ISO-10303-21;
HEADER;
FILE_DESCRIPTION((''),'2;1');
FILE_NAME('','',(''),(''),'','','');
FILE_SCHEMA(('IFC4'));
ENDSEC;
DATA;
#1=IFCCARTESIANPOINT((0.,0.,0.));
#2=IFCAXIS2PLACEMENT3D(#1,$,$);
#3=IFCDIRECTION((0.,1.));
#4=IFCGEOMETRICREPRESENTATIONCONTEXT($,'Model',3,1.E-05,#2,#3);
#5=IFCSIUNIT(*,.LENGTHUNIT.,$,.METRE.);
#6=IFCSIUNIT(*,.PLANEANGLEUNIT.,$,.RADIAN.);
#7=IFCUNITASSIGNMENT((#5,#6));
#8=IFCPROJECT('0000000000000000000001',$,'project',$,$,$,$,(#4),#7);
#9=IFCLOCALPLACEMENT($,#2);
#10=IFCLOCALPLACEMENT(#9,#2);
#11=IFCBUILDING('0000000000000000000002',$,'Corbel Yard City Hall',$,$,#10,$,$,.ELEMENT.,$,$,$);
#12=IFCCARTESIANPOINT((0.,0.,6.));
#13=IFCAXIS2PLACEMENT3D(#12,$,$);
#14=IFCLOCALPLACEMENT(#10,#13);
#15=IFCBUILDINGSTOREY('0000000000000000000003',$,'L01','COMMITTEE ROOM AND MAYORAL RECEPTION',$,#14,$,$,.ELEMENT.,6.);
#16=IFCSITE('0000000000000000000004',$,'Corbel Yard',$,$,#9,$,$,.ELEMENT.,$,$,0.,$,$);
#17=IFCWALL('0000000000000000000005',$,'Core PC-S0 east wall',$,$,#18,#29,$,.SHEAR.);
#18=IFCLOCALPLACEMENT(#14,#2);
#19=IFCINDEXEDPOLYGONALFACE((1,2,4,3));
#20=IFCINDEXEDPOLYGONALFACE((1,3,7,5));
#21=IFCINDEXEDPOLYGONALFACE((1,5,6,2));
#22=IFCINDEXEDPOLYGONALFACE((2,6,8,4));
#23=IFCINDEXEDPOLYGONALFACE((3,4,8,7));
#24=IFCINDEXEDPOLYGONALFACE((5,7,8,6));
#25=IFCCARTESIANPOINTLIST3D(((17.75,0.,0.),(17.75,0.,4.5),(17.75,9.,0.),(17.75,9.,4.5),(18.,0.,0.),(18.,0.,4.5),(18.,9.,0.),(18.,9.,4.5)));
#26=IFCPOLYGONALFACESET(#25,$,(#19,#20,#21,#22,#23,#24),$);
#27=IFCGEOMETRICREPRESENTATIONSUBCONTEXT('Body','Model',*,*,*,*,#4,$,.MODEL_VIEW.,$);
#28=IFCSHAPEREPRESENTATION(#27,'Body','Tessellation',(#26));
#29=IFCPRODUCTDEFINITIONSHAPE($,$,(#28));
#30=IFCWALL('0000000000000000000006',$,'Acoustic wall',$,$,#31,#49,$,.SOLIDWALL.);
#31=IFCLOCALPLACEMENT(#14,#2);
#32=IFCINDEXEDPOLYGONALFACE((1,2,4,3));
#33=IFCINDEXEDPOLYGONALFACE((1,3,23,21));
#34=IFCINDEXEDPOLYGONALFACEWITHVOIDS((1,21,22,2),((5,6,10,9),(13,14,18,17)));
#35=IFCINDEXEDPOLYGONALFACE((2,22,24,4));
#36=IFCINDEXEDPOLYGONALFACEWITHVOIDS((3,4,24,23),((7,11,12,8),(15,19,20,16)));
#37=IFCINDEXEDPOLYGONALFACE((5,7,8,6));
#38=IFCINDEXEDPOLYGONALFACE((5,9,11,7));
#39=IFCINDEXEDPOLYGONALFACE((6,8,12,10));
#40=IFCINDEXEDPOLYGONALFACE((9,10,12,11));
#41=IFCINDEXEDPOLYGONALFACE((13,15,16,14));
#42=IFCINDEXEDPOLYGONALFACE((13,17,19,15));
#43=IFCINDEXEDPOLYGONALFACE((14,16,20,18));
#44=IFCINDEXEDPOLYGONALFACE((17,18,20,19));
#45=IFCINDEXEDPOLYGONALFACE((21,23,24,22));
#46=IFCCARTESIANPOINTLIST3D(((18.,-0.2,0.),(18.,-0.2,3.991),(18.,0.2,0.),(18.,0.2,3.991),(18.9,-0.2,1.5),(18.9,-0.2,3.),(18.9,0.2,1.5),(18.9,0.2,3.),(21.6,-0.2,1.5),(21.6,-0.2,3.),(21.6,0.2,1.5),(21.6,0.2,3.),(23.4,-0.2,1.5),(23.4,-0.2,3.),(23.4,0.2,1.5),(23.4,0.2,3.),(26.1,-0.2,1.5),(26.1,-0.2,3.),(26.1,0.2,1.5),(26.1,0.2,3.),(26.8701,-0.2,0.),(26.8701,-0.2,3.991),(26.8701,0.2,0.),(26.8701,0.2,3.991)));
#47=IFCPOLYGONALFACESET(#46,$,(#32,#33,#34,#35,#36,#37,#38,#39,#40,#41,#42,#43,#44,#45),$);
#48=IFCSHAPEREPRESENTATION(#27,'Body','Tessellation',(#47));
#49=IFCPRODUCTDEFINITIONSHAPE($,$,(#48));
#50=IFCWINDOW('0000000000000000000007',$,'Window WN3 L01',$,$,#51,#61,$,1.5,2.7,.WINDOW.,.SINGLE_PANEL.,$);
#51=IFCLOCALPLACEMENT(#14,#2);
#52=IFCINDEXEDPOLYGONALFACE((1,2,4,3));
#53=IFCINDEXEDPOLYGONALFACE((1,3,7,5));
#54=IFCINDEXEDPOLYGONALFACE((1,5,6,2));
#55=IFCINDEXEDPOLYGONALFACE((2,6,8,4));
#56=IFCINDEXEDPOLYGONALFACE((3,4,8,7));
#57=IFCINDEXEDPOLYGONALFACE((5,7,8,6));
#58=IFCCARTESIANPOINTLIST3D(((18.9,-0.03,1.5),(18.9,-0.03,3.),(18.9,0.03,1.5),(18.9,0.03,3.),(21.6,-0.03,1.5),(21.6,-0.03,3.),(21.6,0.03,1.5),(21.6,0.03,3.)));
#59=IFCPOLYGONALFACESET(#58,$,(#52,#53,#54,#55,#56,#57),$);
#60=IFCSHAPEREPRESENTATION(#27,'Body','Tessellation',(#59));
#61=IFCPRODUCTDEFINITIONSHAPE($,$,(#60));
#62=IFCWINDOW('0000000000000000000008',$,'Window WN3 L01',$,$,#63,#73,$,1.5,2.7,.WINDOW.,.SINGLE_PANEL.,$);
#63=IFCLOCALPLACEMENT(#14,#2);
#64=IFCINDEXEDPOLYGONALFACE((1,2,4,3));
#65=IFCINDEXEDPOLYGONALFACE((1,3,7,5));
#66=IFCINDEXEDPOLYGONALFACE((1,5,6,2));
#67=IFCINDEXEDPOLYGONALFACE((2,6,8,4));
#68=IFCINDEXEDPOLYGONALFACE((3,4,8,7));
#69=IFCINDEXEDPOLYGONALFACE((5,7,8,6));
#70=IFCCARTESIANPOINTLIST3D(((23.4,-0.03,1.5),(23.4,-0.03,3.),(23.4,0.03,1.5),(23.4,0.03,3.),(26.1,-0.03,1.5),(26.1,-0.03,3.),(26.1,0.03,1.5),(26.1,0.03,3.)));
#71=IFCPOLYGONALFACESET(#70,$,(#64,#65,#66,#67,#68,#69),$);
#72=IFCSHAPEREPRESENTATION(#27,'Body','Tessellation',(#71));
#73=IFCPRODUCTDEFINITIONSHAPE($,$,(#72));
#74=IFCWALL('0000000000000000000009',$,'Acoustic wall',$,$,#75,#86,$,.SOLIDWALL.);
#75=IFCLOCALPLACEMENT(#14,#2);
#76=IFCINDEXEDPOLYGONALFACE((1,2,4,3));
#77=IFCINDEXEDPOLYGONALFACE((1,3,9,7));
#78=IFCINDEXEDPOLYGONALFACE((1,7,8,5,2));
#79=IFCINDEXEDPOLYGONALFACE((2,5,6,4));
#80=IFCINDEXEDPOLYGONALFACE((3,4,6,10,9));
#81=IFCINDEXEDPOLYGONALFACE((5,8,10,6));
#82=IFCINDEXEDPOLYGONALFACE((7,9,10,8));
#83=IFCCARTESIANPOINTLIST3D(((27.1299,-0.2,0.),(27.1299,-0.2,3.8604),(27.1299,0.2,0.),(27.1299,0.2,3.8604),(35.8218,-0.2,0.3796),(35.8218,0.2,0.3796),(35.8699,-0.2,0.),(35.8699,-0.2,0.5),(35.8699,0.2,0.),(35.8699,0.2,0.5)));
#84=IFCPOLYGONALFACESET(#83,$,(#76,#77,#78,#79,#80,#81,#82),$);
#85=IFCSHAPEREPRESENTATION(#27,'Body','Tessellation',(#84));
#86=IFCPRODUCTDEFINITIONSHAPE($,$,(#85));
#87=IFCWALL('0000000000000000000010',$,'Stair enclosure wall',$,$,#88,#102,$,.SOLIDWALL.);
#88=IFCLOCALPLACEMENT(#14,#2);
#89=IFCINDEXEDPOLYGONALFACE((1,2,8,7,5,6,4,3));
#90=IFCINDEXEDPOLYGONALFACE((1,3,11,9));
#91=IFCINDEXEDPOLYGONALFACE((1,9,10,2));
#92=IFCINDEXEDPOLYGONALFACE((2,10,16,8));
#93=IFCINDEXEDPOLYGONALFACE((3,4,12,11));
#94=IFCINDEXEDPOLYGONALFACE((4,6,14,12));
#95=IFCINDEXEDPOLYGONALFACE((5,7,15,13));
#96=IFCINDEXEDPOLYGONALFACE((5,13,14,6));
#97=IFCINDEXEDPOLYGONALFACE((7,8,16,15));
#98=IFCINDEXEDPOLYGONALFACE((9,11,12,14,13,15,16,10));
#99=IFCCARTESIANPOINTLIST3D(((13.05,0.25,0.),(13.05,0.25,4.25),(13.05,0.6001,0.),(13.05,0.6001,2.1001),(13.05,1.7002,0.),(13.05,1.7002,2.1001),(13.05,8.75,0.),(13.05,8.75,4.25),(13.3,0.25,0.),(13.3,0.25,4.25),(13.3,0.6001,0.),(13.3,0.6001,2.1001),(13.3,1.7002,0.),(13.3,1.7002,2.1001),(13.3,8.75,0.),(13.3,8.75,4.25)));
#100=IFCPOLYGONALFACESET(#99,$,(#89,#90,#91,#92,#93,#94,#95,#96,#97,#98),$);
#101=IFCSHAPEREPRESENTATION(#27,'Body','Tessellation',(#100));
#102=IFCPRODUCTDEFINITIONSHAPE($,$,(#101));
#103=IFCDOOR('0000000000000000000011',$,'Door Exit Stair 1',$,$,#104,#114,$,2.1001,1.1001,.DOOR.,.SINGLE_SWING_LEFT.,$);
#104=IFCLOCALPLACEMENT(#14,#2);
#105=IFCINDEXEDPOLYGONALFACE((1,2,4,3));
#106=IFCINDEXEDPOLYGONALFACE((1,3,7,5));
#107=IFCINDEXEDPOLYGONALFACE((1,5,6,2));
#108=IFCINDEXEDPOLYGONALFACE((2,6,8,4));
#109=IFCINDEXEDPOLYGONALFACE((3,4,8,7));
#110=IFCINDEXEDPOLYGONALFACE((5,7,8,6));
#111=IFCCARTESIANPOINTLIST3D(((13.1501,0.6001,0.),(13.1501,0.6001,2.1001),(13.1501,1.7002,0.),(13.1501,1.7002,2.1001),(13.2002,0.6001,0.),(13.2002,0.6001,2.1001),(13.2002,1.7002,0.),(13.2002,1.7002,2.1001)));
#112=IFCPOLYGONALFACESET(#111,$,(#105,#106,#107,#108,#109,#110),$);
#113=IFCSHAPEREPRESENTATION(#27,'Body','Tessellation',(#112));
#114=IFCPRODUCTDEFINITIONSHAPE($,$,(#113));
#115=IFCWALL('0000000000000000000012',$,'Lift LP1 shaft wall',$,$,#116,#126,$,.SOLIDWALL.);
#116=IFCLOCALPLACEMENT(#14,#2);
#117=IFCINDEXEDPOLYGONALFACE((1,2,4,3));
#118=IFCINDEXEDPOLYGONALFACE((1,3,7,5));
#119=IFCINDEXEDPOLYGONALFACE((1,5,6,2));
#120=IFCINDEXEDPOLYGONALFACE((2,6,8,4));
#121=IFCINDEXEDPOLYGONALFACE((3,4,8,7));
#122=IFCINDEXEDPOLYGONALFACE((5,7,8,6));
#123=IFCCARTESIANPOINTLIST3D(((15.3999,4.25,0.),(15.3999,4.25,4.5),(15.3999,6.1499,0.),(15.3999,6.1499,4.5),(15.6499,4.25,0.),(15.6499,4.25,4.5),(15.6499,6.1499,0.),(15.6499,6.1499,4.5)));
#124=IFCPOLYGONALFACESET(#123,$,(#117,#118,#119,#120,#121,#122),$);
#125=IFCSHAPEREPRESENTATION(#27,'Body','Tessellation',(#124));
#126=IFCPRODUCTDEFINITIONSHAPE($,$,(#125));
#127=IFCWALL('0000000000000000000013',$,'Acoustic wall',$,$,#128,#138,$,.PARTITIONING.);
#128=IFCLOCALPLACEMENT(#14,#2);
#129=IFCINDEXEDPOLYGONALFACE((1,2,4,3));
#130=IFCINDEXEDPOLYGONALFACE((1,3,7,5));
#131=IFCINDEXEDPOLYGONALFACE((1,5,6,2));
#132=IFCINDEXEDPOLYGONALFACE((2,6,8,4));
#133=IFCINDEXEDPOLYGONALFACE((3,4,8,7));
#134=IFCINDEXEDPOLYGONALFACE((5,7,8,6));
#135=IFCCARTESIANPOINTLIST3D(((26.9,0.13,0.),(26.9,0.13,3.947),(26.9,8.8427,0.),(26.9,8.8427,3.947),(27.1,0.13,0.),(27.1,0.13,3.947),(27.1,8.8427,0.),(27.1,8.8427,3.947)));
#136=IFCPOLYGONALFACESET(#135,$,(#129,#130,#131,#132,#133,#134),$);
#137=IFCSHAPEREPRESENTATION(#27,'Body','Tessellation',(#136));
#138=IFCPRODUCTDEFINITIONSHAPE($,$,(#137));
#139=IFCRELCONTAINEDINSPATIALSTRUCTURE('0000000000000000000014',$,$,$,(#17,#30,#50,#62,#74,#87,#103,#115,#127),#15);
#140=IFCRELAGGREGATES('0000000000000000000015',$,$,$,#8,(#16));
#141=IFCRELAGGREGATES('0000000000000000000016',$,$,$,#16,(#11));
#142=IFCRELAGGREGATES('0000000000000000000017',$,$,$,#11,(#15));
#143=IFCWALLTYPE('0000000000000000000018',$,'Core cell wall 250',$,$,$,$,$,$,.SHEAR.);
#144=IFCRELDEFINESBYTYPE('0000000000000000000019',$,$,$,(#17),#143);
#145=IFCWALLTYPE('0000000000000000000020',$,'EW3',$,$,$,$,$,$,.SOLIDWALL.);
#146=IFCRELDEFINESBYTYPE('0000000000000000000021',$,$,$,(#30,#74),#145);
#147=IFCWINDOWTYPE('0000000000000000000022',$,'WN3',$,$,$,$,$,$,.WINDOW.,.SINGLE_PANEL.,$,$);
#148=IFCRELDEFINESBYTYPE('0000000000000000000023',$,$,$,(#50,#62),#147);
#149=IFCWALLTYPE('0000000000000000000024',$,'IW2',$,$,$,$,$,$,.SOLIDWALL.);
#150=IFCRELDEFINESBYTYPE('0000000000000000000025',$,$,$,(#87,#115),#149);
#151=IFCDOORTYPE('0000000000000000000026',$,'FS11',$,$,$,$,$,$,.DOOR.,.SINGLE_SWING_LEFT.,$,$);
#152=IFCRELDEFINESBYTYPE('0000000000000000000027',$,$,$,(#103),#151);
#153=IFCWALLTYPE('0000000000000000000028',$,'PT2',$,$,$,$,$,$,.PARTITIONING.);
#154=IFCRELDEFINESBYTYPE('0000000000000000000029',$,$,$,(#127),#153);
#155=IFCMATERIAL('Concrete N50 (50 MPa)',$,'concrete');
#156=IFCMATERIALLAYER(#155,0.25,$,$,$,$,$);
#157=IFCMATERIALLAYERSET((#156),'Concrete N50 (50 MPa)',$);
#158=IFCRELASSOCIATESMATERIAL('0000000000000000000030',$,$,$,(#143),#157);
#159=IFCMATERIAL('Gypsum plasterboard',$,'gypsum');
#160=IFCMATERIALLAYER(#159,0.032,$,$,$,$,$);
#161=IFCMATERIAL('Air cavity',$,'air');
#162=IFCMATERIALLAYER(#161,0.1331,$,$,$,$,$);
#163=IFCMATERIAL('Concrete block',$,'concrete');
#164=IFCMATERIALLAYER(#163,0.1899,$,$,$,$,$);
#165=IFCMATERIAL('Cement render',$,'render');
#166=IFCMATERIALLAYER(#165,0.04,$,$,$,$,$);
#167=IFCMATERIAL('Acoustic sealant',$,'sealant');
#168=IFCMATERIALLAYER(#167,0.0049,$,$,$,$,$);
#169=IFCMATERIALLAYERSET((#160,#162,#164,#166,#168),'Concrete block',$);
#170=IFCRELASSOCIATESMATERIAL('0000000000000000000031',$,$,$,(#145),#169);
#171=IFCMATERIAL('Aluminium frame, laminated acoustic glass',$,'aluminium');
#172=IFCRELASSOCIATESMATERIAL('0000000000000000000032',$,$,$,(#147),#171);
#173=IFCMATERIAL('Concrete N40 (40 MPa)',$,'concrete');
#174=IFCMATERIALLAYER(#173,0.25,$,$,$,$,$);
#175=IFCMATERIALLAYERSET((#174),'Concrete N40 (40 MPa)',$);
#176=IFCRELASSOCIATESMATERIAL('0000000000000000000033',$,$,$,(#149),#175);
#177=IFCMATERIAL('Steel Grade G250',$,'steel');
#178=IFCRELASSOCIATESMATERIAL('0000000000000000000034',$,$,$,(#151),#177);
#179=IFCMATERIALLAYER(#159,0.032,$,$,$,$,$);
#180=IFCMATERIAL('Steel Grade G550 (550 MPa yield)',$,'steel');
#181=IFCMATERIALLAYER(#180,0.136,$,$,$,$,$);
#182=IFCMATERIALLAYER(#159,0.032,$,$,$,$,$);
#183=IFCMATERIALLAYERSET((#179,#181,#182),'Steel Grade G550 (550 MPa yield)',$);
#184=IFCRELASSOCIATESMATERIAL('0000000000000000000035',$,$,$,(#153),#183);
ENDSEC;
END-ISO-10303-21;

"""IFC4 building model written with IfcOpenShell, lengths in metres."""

from ifc_helpers import new_model, si_unit, direction, frame, frame_2d, origin, place, context, subcontext, project, spatial, polyline, rectangle, outline, extrude, material, layer, layer_set, type_object, element, fill, save


model = new_model("IFC4")

# Units and contexts
model_context = context("Model", 3, precision=1e-05, world=origin(), true_north=direction((0.0, 1.0)))
body_context = subcontext(model_context, "Body", "Model", "MODEL_VIEW")
ifc_project = project(units=[si_unit("LENGTHUNIT", "METRE"), si_unit("PLANEANGLEUNIT", "RADIAN")], contexts=[model_context])

# Site, building, storey
site_placement = place(None, origin())
site = spatial("IfcSite", under=ifc_project, at=site_placement, Name="Corbel Yard", CompositionType="ELEMENT", RefElevation=0.0)
building_placement = place(site_placement, origin())
building = spatial("IfcBuilding", under=site, at=building_placement, Name="Corbel Yard City Hall", CompositionType="ELEMENT")
storey_placement = place(building_placement, frame((0.0, 0.0, 6.0)))
storey = spatial("IfcBuildingStorey", under=building, at=storey_placement, Name="L01", Description="COMMITTEE ROOM AND MAYORAL RECEPTION", CompositionType="ELEMENT", Elevation=6.0)

# Wall
ifc_material_1 = material(Name="Concrete N50 (50 MPa)", Category="concrete")
ifc_layer_1 = layer(ifc_material_1, 0.25)
ifc_layer_set_1 = layer_set([ifc_layer_1], Name="Concrete N50 (50 MPa)")
wall_type_1 = type_object("IfcWallType", Name="Core cell wall 250", PredefinedType="SHEAR", material=ifc_layer_set_1)
wall_1_placement = place(storey_placement, frame((17.875, 0.0, 0.0), z_axis=(0.0, 0.0, 1.0), x_axis=(0.0, 1.0, 0.0)))
element("IfcWall", 1, at=wall_1_placement, inside=storey, type_object=wall_type_1, Name="Core PC-S0 east wall", PredefinedType="SHEAR", context=body_context, shape_type="SweptSolid", body=[
    extrude(rectangle(XDim=9.0, YDim=0.25, at=frame_2d((4.5, 0.0))), origin(), (0.0, 0.0, 1.0), 4.5),
])

# Wall, openings, windows
ifc_material_2 = material(Name="Gypsum plasterboard", Category="gypsum")
ifc_layer_2 = layer(ifc_material_2, 0.032)
ifc_material_3 = material(Name="Air cavity", Category="air")
ifc_layer_3 = layer(ifc_material_3, 0.1331)
ifc_material_4 = material(Name="Concrete block", Category="concrete")
ifc_layer_4 = layer(ifc_material_4, 0.1899)
ifc_material_5 = material(Name="Cement render", Category="render")
ifc_layer_5 = layer(ifc_material_5, 0.04)
ifc_material_6 = material(Name="Acoustic sealant", Category="sealant")
ifc_layer_6 = layer(ifc_material_6, 0.0049)
ifc_layer_set_2 = layer_set([ifc_layer_2, ifc_layer_3, ifc_layer_4, ifc_layer_5, ifc_layer_6], Name="Concrete block")
wall_type_2 = type_object("IfcWallType", Name="EW3", PredefinedType="SOLIDWALL", material=ifc_layer_set_2)
wall_2_placement = place(storey_placement, frame((18.0, 0.0, 0.0), z_axis=(0.0, 0.0, 1.0), x_axis=(1.0, 0.0, 0.0)))
wall_2 = element("IfcWall", 2, at=wall_2_placement, inside=storey, type_object=wall_type_2, Name="Acoustic wall", PredefinedType="SOLIDWALL", context=body_context, shape_type="SweptSolid", body=[
    extrude(rectangle(XDim=8.8701, YDim=0.3999, at=frame_2d((4.4351, 0.0))), origin(), (0.0, 0.0, 1.0), 3.991),
])
opening_1_placement = place(wall_2_placement, frame((0.8999, 0.0, 1.5)))
opening_1 = element("IfcOpeningElement", 3, at=opening_1_placement, cuts=wall_2, PredefinedType="OPENING", context=body_context, shape_type="SweptSolid", body=[
    extrude(rectangle(XDim=2.7, YDim=1.5, at=frame_2d((1.3501, 0.75))), frame((0.0, 0.21, 0.0), z_axis=(0.0, -1.0, 0.0), x_axis=(1.0, 0.0, 0.0)), (0.0, 0.0, 1.0), 0.4199),
])
opening_2_placement = place(wall_2_placement, frame((5.3999, 0.0, 1.5)))
opening_2 = element("IfcOpeningElement", 4, at=opening_2_placement, cuts=wall_2, PredefinedType="OPENING", context=body_context, shape_type="SweptSolid", body=[
    extrude(rectangle(XDim=2.7, YDim=1.5, at=frame_2d((1.3501, 0.75))), frame((0.0, 0.21, 0.0), z_axis=(0.0, -1.0, 0.0), x_axis=(1.0, 0.0, 0.0)), (0.0, 0.0, 1.0), 0.4199),
])
ifc_material_7 = material(Name="Aluminium frame, laminated acoustic glass", Category="aluminium")
window_type = type_object("IfcWindowType", Name="WN3", PartitioningType="SINGLE_PANEL", PredefinedType="WINDOW", material=ifc_material_7)
window_1_placement = place(opening_1_placement, origin())
window_1 = element("IfcWindow", 5, at=window_1_placement, inside=storey, type_object=window_type, Name="Window WN3 L01", OverallHeight=1.5, OverallWidth=2.7, PartitioningType="SINGLE_PANEL", PredefinedType="WINDOW", context=body_context, shape_type="SweptSolid", body=[
    extrude(rectangle(XDim=2.7, YDim=1.5, at=frame_2d((1.3501, 0.75))), frame((0.0, 0.03, 0.0), z_axis=(0.0, -1.0, 0.0), x_axis=(1.0, 0.0, 0.0)), (0.0, 0.0, 1.0), 0.0601),
])
fill(opening_1, window_1)
window_2_placement = place(opening_2_placement, origin())
window_2 = element("IfcWindow", 6, at=window_2_placement, inside=storey, type_object=window_type, Name="Window WN3 L01", OverallHeight=1.5, OverallWidth=2.7, PartitioningType="SINGLE_PANEL", PredefinedType="WINDOW", context=body_context, shape_type="SweptSolid", body=[
    extrude(rectangle(XDim=2.7, YDim=1.5, at=frame_2d((1.3501, 0.75))), frame((0.0, 0.03, 0.0), z_axis=(0.0, -1.0, 0.0), x_axis=(1.0, 0.0, 0.0)), (0.0, 0.0, 1.0), 0.0601),
])
fill(opening_2, window_2)

# Wall
wall_3_placement = place(storey_placement, frame((27.1299, 0.0, 0.0), z_axis=(0.0, 0.0, 1.0), x_axis=(1.0, 0.0, 0.0)))
element("IfcWall", 7, at=wall_3_placement, inside=storey, type_object=wall_type_2, Name="Acoustic wall", PredefinedType="SOLIDWALL", context=body_context, shape_type="SweptSolid", body=[
    extrude(outline(polyline([(8.74, 0.0), (0.0, 0.0), (0.0, 3.8604), (8.6919, 0.3796), (8.74, 0.5), (8.74, 0.0)])), frame((0.0, 0.2, 0.0), z_axis=(0.0, -1.0, 0.0), x_axis=(1.0, 0.0, 0.0)), (0.0, 0.0, 1.0), 0.3999),
])

# Wall, opening, door
ifc_material_8 = material(Name="Concrete N40 (40 MPa)", Category="concrete")
ifc_layer_7 = layer(ifc_material_8, 0.25)
ifc_layer_set_3 = layer_set([ifc_layer_7], Name="Concrete N40 (40 MPa)")
wall_type_3 = type_object("IfcWallType", Name="IW2", PredefinedType="SOLIDWALL", material=ifc_layer_set_3)
wall_4_placement = place(storey_placement, frame((13.175, 0.25, 0.0), z_axis=(0.0, 0.0, 1.0), x_axis=(0.0, 1.0, 0.0)))
wall_4 = element("IfcWall", 8, at=wall_4_placement, inside=storey, type_object=wall_type_3, Name="Stair enclosure wall", PredefinedType="SOLIDWALL", context=body_context, shape_type="SweptSolid", body=[
    extrude(rectangle(XDim=8.5, YDim=0.25, at=frame_2d((4.25, 0.0))), origin(), (0.0, 0.0, 1.0), 4.25),
])
opening_3_placement = place(wall_4_placement, frame((0.3501, 0.0, 0.0)))
opening_3 = element("IfcOpeningElement", 9, at=opening_3_placement, cuts=wall_4, PredefinedType="OPENING", context=body_context, shape_type="SweptSolid", body=[
    extrude(rectangle(XDim=1.1001, YDim=2.1001, at=frame_2d((0.55, 1.05))), frame((0.0, 0.135, 0.0), z_axis=(0.0, -1.0, 0.0), x_axis=(1.0, 0.0, 0.0)), (0.0, 0.0, 1.0), 0.27),
])
ifc_material_9 = material(Name="Steel Grade G250", Category="steel")
door_type_1 = type_object("IfcDoorType", Name="FS11", OperationType="SINGLE_SWING_LEFT", PredefinedType="DOOR", material=ifc_material_9)
door_1_placement = place(opening_3_placement, origin())
door_1 = element("IfcDoor", 10, at=door_1_placement, inside=storey, type_object=door_type_1, Name="Door Exit Stair 1", OperationType="SINGLE_SWING_LEFT", OverallHeight=2.1001, OverallWidth=1.1001, PredefinedType="DOOR", context=body_context, shape_type="SweptSolid", body=[
    extrude(rectangle(XDim=1.1001, YDim=2.1001, at=frame_2d((0.55, 1.05))), frame((0.0, 0.0249, 0.0), z_axis=(0.0, -1.0, 0.0), x_axis=(1.0, 0.0, 0.0)), (0.0, 0.0, 1.0), 0.05),
])
fill(opening_3, door_1)

# Walls
wall_5_placement = place(storey_placement, frame((15.5249, 4.25, 0.0), z_axis=(0.0, 0.0, 1.0), x_axis=(0.0, 1.0, 0.0)))
element("IfcWall", 11, at=wall_5_placement, inside=storey, type_object=wall_type_3, Name="Lift LP1 shaft wall", PredefinedType="SOLIDWALL", context=body_context, shape_type="SweptSolid", body=[
    extrude(rectangle(XDim=1.8999, YDim=0.25, at=frame_2d((0.95, 0.0))), origin(), (0.0, 0.0, 1.0), 4.5),
])
ifc_layer_8 = layer(ifc_material_2, 0.032)
ifc_material_10 = material(Name="Steel Grade G550 (550 MPa yield)", Category="steel")
ifc_layer_9 = layer(ifc_material_10, 0.136)
ifc_layer_10 = layer(ifc_material_2, 0.032)
ifc_layer_set_4 = layer_set([ifc_layer_8, ifc_layer_9, ifc_layer_10], Name="Steel Grade G550 (550 MPa yield)")
wall_type_4 = type_object("IfcWallType", Name="PT2", PredefinedType="PARTITIONING", material=ifc_layer_set_4)
wall_6_placement = place(storey_placement, frame((27.0, 0.1299, 0.0), z_axis=(0.0, 0.0, 1.0), x_axis=(0.0, 1.0, 0.0)))
element("IfcWall", 12, at=wall_6_placement, inside=storey, type_object=wall_type_4, Name="Acoustic wall", PredefinedType="PARTITIONING", context=body_context, shape_type="SweptSolid", body=[
    extrude(rectangle(XDim=8.7126, YDim=0.2, at=frame_2d((4.3564, 0.0))), origin(), (0.0, 0.0, 1.0), 3.947),
])

save(model, "model.ifc")
